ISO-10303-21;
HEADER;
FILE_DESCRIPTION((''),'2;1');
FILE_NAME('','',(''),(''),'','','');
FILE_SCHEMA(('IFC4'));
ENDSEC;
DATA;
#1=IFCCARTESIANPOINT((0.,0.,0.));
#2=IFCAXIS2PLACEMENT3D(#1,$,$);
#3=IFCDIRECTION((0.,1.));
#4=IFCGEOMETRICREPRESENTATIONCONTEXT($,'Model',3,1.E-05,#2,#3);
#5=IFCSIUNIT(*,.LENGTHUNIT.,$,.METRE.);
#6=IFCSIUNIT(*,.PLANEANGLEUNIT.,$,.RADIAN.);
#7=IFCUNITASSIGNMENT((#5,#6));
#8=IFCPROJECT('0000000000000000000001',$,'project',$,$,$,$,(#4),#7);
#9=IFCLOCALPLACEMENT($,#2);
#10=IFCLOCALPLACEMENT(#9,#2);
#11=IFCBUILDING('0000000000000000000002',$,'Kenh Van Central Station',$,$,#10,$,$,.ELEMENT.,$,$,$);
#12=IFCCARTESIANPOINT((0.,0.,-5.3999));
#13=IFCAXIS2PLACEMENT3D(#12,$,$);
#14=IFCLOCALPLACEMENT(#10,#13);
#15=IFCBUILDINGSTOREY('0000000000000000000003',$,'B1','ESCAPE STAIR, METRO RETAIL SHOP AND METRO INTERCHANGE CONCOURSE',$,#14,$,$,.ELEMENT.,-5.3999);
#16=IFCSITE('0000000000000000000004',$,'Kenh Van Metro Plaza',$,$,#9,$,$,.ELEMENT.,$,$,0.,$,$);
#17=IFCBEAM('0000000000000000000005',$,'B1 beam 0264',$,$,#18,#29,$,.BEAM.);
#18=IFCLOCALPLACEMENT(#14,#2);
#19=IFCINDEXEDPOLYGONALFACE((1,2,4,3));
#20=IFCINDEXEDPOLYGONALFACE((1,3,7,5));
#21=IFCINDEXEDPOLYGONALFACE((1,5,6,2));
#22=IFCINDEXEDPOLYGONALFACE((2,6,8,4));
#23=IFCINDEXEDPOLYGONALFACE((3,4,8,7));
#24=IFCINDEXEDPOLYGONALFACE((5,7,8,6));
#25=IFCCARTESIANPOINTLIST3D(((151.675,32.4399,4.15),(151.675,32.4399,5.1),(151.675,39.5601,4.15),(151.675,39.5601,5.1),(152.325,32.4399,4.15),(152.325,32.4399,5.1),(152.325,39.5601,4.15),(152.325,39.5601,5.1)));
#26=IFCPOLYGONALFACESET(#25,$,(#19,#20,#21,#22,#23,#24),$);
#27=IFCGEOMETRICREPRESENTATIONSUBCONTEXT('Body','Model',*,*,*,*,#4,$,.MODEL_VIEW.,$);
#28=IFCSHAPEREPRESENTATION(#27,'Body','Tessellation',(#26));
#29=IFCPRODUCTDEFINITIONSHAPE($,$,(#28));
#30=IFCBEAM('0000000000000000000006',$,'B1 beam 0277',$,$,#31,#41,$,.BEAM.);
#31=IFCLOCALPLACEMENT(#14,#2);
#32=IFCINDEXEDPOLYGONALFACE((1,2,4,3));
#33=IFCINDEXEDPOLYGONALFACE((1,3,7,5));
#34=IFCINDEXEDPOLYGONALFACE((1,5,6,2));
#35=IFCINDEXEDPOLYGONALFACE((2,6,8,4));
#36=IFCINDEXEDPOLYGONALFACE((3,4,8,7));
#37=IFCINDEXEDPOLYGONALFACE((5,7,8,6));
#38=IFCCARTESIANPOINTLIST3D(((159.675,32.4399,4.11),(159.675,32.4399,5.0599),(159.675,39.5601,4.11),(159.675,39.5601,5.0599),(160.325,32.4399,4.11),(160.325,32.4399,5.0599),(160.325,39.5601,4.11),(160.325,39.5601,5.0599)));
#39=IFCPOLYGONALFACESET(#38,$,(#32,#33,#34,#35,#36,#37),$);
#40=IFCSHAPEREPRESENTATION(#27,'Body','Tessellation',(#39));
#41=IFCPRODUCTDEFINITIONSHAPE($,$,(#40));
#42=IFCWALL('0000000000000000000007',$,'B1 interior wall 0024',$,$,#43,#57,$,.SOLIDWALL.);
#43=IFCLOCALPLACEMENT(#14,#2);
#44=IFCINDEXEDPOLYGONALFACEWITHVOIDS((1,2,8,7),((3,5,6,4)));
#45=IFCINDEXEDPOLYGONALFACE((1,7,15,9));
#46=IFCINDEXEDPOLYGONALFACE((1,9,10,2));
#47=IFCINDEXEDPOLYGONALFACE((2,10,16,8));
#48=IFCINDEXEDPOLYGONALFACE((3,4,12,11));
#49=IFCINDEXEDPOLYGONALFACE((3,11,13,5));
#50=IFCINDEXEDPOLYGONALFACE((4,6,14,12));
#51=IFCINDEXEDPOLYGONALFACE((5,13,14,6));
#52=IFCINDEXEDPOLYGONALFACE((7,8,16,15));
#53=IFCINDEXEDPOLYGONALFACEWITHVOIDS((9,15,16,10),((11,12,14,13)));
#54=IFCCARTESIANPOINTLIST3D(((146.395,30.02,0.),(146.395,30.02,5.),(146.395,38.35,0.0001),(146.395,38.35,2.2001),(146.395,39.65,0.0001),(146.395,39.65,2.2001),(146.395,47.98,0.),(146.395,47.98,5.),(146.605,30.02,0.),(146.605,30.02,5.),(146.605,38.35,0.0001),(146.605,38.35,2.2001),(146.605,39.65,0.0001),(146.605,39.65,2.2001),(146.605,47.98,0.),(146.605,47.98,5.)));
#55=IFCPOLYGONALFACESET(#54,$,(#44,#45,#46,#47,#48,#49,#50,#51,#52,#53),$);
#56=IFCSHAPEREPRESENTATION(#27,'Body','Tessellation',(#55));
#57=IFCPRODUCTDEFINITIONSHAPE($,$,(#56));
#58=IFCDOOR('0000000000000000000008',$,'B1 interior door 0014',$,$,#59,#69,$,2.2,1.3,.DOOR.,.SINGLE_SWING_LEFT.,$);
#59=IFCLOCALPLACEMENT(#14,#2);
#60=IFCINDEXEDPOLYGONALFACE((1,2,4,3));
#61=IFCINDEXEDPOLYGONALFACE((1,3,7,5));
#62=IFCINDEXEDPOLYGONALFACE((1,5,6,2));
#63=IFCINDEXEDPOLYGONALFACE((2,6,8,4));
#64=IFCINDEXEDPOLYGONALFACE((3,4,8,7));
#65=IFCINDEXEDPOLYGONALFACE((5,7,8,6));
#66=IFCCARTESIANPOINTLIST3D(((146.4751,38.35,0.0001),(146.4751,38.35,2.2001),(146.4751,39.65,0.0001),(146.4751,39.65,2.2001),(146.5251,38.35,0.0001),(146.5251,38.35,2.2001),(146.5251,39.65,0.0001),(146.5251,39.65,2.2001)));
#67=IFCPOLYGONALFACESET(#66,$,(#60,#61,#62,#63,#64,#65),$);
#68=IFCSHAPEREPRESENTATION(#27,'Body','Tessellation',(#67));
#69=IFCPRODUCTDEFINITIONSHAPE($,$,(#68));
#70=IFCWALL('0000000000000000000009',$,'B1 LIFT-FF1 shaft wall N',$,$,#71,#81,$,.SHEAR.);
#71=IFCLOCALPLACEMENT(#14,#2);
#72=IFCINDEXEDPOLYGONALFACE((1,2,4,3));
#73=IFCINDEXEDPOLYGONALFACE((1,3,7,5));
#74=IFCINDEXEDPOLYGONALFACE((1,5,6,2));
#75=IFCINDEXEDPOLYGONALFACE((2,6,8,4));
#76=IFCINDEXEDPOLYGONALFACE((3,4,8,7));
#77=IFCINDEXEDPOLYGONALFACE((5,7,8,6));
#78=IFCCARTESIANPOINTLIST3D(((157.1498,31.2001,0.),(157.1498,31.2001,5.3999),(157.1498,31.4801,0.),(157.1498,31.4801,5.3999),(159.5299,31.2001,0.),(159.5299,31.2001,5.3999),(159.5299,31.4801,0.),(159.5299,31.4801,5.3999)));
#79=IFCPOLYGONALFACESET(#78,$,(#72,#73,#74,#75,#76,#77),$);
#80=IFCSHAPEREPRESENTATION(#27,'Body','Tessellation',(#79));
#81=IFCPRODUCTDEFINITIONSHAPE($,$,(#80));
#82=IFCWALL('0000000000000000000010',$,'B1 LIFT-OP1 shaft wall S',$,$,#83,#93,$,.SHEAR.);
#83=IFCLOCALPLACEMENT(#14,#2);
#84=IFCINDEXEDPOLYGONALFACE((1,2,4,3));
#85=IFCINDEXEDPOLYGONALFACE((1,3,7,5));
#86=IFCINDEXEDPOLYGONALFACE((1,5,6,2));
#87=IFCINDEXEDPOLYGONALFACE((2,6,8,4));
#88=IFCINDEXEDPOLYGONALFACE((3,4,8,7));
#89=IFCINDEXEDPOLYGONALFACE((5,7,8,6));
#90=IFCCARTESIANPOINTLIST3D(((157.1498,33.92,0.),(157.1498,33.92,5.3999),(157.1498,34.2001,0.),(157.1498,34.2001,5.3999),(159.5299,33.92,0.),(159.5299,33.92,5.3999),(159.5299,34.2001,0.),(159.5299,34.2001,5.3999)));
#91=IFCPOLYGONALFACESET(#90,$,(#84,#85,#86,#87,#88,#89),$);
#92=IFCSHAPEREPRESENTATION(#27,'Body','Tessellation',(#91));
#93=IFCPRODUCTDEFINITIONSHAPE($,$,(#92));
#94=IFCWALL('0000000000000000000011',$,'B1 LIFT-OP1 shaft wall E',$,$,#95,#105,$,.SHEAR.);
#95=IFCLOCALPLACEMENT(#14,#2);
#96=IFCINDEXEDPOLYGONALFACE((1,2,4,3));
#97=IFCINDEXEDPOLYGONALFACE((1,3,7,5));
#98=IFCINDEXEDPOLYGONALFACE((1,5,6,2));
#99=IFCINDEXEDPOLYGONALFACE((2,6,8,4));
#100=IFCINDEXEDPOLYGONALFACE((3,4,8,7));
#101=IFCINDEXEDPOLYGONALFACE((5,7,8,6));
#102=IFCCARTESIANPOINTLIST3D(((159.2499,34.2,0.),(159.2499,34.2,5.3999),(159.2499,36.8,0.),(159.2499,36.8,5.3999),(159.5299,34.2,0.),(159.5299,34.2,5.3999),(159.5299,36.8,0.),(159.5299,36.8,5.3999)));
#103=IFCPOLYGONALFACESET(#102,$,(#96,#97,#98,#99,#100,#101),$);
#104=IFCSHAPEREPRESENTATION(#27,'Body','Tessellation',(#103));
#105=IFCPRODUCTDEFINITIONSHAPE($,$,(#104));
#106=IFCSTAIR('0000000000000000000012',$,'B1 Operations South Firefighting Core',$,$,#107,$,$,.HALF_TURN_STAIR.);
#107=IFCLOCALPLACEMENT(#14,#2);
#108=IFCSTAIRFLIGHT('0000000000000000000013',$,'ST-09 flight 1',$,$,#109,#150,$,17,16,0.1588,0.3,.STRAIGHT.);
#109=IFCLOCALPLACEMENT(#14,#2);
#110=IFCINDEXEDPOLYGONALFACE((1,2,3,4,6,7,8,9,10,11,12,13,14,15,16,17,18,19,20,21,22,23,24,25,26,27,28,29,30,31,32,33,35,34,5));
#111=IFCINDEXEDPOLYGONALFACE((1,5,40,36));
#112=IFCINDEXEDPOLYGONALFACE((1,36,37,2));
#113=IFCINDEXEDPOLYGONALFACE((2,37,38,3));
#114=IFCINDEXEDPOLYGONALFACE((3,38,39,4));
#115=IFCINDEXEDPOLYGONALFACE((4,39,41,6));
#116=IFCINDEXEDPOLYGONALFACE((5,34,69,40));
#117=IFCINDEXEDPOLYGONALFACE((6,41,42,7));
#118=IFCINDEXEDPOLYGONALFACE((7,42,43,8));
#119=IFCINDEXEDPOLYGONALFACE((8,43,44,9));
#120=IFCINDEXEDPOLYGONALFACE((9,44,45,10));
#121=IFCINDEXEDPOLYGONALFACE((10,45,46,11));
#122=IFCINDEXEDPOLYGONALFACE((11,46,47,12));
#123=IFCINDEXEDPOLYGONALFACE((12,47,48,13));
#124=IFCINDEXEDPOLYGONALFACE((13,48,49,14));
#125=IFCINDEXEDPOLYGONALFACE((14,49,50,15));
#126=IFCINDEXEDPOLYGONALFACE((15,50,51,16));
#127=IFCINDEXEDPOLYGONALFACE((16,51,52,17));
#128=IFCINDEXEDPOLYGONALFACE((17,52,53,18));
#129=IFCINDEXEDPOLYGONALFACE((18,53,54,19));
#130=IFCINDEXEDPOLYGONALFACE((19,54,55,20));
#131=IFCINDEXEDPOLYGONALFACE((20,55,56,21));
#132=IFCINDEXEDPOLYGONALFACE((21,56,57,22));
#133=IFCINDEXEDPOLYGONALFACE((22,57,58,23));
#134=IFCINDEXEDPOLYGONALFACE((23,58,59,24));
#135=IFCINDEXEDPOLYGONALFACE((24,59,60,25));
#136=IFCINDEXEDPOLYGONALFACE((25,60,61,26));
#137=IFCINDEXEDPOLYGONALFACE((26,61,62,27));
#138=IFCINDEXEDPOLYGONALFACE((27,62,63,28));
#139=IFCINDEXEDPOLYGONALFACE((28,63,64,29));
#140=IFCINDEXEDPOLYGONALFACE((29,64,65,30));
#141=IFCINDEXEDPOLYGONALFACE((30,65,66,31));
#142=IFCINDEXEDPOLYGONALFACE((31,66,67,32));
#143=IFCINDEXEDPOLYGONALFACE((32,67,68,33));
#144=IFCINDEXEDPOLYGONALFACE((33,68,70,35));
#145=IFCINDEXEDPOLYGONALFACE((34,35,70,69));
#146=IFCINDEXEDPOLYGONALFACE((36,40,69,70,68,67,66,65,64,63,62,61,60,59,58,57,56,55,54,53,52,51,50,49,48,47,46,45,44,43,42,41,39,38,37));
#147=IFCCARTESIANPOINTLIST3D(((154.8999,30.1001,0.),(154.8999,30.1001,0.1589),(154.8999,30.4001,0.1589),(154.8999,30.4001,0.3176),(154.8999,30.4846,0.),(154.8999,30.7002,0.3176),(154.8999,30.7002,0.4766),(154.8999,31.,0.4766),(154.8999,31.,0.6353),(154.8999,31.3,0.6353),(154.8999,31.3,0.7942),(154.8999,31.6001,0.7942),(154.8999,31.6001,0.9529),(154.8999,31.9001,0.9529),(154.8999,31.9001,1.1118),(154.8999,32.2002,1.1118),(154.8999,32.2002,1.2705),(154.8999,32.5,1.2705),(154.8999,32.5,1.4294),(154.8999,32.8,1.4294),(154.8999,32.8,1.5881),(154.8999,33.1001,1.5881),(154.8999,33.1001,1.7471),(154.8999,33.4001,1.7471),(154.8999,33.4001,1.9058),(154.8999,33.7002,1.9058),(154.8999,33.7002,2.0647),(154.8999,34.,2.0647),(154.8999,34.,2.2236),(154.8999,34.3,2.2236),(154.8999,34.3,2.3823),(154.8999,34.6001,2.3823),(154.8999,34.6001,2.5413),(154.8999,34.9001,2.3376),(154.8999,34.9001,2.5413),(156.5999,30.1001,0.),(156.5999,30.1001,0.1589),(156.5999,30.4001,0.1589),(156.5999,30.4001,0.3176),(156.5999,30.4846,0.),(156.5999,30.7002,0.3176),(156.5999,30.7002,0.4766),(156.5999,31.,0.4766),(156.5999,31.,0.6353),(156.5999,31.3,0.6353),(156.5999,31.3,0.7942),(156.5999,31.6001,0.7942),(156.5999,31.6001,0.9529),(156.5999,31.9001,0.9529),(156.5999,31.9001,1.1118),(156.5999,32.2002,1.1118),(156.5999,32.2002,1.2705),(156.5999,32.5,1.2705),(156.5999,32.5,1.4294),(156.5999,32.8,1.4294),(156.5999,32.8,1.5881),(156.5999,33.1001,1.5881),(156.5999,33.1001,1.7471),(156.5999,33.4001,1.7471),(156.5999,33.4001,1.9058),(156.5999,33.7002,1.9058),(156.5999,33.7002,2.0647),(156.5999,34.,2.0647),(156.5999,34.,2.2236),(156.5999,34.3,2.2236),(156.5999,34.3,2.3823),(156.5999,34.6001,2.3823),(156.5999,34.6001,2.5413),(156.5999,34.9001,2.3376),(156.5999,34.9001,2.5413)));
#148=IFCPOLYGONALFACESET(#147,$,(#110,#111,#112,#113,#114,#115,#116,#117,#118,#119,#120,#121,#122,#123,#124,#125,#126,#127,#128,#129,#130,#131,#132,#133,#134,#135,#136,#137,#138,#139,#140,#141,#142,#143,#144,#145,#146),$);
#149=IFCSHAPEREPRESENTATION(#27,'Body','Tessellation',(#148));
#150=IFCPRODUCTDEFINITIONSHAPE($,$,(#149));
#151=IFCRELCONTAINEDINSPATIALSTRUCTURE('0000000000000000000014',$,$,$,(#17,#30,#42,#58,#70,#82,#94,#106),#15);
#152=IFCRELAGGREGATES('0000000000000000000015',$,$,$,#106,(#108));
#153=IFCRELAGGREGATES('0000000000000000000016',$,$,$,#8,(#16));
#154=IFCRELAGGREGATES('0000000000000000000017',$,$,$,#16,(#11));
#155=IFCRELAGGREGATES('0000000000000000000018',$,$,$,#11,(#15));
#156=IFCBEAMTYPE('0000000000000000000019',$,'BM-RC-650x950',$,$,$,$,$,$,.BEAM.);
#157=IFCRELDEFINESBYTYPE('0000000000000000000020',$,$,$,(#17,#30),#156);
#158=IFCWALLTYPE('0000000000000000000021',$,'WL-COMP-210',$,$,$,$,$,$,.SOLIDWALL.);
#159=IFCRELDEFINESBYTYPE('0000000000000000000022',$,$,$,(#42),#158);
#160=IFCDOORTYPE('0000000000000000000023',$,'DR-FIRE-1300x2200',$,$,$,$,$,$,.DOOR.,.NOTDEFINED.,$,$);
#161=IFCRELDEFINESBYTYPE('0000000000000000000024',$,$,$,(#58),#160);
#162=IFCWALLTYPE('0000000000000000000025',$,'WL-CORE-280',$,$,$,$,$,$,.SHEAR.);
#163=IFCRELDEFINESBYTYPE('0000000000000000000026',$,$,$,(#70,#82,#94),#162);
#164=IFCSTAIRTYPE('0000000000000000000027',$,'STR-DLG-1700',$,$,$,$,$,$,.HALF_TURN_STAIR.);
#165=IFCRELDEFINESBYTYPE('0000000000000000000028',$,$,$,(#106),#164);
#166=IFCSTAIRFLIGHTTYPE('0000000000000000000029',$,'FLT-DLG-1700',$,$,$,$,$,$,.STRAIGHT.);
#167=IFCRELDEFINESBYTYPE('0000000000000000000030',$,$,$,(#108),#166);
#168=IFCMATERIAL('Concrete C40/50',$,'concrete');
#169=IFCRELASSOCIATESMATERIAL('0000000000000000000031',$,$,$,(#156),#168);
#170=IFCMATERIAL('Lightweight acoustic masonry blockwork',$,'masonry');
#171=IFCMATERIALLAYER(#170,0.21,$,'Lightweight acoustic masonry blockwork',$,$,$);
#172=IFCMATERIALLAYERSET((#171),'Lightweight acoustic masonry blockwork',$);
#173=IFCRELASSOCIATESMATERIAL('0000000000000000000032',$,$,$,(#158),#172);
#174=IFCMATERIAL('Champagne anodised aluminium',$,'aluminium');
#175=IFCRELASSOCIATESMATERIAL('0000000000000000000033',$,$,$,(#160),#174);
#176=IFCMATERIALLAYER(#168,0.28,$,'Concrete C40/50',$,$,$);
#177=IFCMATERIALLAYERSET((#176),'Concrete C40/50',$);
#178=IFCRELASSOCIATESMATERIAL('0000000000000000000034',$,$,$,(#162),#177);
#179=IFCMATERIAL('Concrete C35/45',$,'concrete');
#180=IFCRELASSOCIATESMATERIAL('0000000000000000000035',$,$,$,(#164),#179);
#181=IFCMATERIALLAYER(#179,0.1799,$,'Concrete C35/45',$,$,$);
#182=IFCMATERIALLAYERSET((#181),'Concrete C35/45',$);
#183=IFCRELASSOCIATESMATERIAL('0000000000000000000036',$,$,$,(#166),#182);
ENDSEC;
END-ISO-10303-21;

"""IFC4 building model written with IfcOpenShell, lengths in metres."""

from ifc_helpers import new_model, si_unit, direction, frame, frame_2d, origin, origin_2d, place, context, subcontext, project, spatial, polyline, rectangle, outline, extrude, material, layer, layer_set, material_profile, profile_set, type_object, element, fill, aggregate, save


model = new_model("IFC4")

# Units and contexts
model_context = context("Model", 3, precision=1e-05, world=origin(), true_north=direction((0.0, 1.0)))
body_context = subcontext(model_context, "Body", "Model", "MODEL_VIEW")
ifc_project = project(units=[si_unit("LENGTHUNIT", "METRE"), si_unit("PLANEANGLEUNIT", "RADIAN")], contexts=[model_context])

# Site, building, storey
site_placement = place(None, origin())
site = spatial("IfcSite", under=ifc_project, at=site_placement, Name="Kenh Van Metro Plaza", CompositionType="ELEMENT", RefElevation=0.0)
building_placement = place(site_placement, origin())
building = spatial("IfcBuilding", under=site, at=building_placement, Name="Kenh Van Central Station", CompositionType="ELEMENT")
storey_placement = place(building_placement, frame((0.0, 0.0, -5.3999)))
storey = spatial("IfcBuildingStorey", under=building, at=storey_placement, Name="B1", Description="ESCAPE STAIR, METRO RETAIL SHOP AND METRO INTERCHANGE CONCOURSE", CompositionType="ELEMENT", Elevation=-5.3999)

# Shared definitions
ifc_material_1 = material(Name="Concrete C40/50", Category="concrete")

# Beams
ifc_material_profile_1 = material_profile(ifc_material_1, rectangle(XDim=0.6499, YDim=0.95, at=origin_2d()), Name="RC 650x950")
ifc_profile_set_1 = profile_set([ifc_material_profile_1], Name="Concrete C40/50")
beam_type = type_object("IfcBeamType", Name="BM-RC-650x950", PredefinedType="BEAM", material=ifc_profile_set_1)
for number, where, z_axis, x_axis, name in (
    (1, (152.0, 32.4399, 4.625), (0.0, 1.0, 0.0), (-1.0, 0.0, 0.0), "B1 beam 0264"),
    (2, (160.0, 32.4399, 4.585), (0.0, 1.0, 0.0), (-1.0, 0.0, 0.0), "B1 beam 0277"),
):
    element("IfcBeam", number, at=place(storey_placement, frame(where, z_axis=z_axis, x_axis=x_axis)), inside=storey, type_object=beam_type, Name=name, PredefinedType="BEAM", context=body_context, shape_type="SweptSolid", body=[
        extrude(rectangle(XDim=0.6499, YDim=0.95, at=origin_2d()), origin(), (0.0, 0.0, 1.0), 7.1201),
    ])

# Wall, opening, door
ifc_material_2 = material(Name="Lightweight acoustic masonry blockwork", Category="masonry")
ifc_layer_1 = layer(ifc_material_2, 0.21, Name="Lightweight acoustic masonry blockwork")
ifc_layer_set_1 = layer_set([ifc_layer_1], Name="Lightweight acoustic masonry blockwork")
wall_type_1 = type_object("IfcWallType", Name="WL-COMP-210", PredefinedType="SOLIDWALL", material=ifc_layer_set_1)
wall_1_placement = place(storey_placement, frame((146.5, 30.02, 0.0), z_axis=(0.0, 0.0, 1.0), x_axis=(0.0, 1.0, 0.0)))
wall_1 = element("IfcWall", 3, at=wall_1_placement, inside=storey, type_object=wall_type_1, Name="B1 interior wall 0024", PredefinedType="SOLIDWALL", context=body_context, shape_type="SweptSolid", body=[
    extrude(rectangle(XDim=17.96, YDim=0.21, at=frame_2d((8.98, 0.0))), origin(), (0.0, 0.0, 1.0), 5.0),
])
opening_1_placement = place(wall_1_placement, frame((8.3301, 0.0, 0.0)))
opening_1 = element("IfcOpeningElement", 4, at=opening_1_placement, cuts=wall_1, PredefinedType="OPENING", context=body_context, shape_type="SweptSolid", body=[
    extrude(rectangle(XDim=1.3, YDim=2.2, at=frame_2d((0.6499, 1.1001))), frame((0.0, 0.115, 0.0), z_axis=(0.0, -1.0, 0.0), x_axis=(1.0, 0.0, 0.0)), (0.0, 0.0, 1.0), 0.23),
])
ifc_material_3 = material(Name="Champagne anodised aluminium", Category="aluminium")
door_type_1 = type_object("IfcDoorType", Name="DR-FIRE-1300x2200", OperationType="NOTDEFINED", PredefinedType="DOOR", material=ifc_material_3)
door_1_placement = place(opening_1_placement, origin())
door_1 = element("IfcDoor", 5, at=door_1_placement, inside=storey, type_object=door_type_1, Name="B1 interior door 0014", OperationType="SINGLE_SWING_LEFT", OverallHeight=2.2, OverallWidth=1.3, PredefinedType="DOOR", context=body_context, shape_type="SweptSolid", body=[
    extrude(rectangle(XDim=1.3, YDim=2.2, at=frame_2d((0.6499, 1.1001))), frame((0.0, 0.0249, 0.0), z_axis=(0.0, -1.0, 0.0), x_axis=(1.0, 0.0, 0.0)), (0.0, 0.0, 1.0), 0.05),
])
fill(opening_1, door_1)

# Walls
ifc_layer_2 = layer(ifc_material_1, 0.28, Name="Concrete C40/50")
ifc_layer_set_2 = layer_set([ifc_layer_2], Name="Concrete C40/50")
wall_type_2 = type_object("IfcWallType", Name="WL-CORE-280", PredefinedType="SHEAR", material=ifc_layer_set_2)
for number, where, z_axis, x_axis, name in (
    (6, (157.1499, 31.3401, 0.0), (0.0, 0.0, 1.0), (1.0, 0.0, 0.0), "B1 LIFT-FF1 shaft wall N"),
    (7, (157.1499, 34.0601, 0.0), (0.0, 0.0, 1.0), (1.0, 0.0, 0.0), "B1 LIFT-OP1 shaft wall S"),
):
    element("IfcWall", number, at=place(storey_placement, frame(where, z_axis=z_axis, x_axis=x_axis)), inside=storey, type_object=wall_type_2, Name=name, PredefinedType="SHEAR", context=body_context, shape_type="SweptSolid", body=[
        extrude(rectangle(XDim=2.3801, YDim=0.28, at=frame_2d((1.1899, 0.0))), origin(), (0.0, 0.0, 1.0), 5.3999),
    ])

# Wall
wall_2_placement = place(storey_placement, frame((159.3899, 34.2, 0.0), z_axis=(0.0, 0.0, 1.0), x_axis=(0.0, 1.0, 0.0)))
element("IfcWall", 8, at=wall_2_placement, inside=storey, type_object=wall_type_2, Name="B1 LIFT-OP1 shaft wall E", PredefinedType="SHEAR", context=body_context, shape_type="SweptSolid", body=[
    extrude(rectangle(XDim=2.6001, YDim=0.28, at=frame_2d((1.3, 0.0))), origin(), (0.0, 0.0, 1.0), 5.3999),
])

# Stair, stair flight
ifc_material_4 = material(Name="Concrete C35/45", Category="concrete")
stair_type = type_object("IfcStairType", Name="STR-DLG-1700", PredefinedType="HALF_TURN_STAIR", material=ifc_material_4)
stair_placement = place(storey_placement, origin())
stair = element("IfcStair", 9, at=stair_placement, inside=storey, type_object=stair_type, Name="B1 Operations South Firefighting Core", PredefinedType="HALF_TURN_STAIR")
ifc_layer_3 = layer(ifc_material_4, 0.1799, Name="Concrete C35/45")
ifc_layer_set_3 = layer_set([ifc_layer_3], Name="Concrete C35/45")
stair_flight_type = type_object("IfcStairFlightType", Name="FLT-DLG-1700", PredefinedType="STRAIGHT", material=ifc_layer_set_3)
stair_flight_1_placement = place(storey_placement, frame((155.75, 30.1001, 0.0), z_axis=(0.0, 0.0, 1.0), x_axis=(0.0, 1.0, 0.0)))
stair_flight_1 = element("IfcStairFlight", 10, at=stair_flight_1_placement, type_object=stair_flight_type, Name="ST-09 flight 1", NumberOfRisers=17, NumberOfTreads=16, PredefinedType="STRAIGHT", RiserHeight=0.1588, TreadLength=0.3, context=body_context, shape_type="SweptSolid", body=[
    extrude(outline(polyline([(0.0, 0.0), (0.0, 0.1589), (0.3, 0.1589), (0.3, 0.3176), (0.6001, 0.3176), (0.6001, 0.4766), (0.8999, 0.4766), (0.8999, 0.6353), (1.2, 0.6353), (1.2, 0.7942), (1.5, 0.7942), (1.5, 0.9529), (1.8, 0.9529), (1.8, 1.1118), (2.1001, 1.1118), (2.1001, 1.2705), (2.3999, 1.2705), (2.3999, 1.4294), (2.7, 1.4294), (2.7, 1.5881), (3.0, 1.5881), (3.0, 1.7471), (3.3, 1.7471), (3.3, 1.9058), (3.6001, 1.9058), (3.6001, 2.0647), (3.8999, 2.0647), (3.8999, 2.2236), (4.2, 2.2236), (4.2, 2.3823), (4.5, 2.3823), (4.5, 2.5413), (4.8, 2.5413), (4.8, 2.7), (4.8, 2.3376), (0.3845, 0.0), (0.0, 0.0)])), frame((0.0, 0.8501, 0.0), z_axis=(0.0, -1.0, 0.0), x_axis=(1.0, 0.0, 0.0)), (0.0, 0.0, 1.0), 1.7),
])
aggregate(stair, [stair_flight_1])

save(model, "model.ifc")
